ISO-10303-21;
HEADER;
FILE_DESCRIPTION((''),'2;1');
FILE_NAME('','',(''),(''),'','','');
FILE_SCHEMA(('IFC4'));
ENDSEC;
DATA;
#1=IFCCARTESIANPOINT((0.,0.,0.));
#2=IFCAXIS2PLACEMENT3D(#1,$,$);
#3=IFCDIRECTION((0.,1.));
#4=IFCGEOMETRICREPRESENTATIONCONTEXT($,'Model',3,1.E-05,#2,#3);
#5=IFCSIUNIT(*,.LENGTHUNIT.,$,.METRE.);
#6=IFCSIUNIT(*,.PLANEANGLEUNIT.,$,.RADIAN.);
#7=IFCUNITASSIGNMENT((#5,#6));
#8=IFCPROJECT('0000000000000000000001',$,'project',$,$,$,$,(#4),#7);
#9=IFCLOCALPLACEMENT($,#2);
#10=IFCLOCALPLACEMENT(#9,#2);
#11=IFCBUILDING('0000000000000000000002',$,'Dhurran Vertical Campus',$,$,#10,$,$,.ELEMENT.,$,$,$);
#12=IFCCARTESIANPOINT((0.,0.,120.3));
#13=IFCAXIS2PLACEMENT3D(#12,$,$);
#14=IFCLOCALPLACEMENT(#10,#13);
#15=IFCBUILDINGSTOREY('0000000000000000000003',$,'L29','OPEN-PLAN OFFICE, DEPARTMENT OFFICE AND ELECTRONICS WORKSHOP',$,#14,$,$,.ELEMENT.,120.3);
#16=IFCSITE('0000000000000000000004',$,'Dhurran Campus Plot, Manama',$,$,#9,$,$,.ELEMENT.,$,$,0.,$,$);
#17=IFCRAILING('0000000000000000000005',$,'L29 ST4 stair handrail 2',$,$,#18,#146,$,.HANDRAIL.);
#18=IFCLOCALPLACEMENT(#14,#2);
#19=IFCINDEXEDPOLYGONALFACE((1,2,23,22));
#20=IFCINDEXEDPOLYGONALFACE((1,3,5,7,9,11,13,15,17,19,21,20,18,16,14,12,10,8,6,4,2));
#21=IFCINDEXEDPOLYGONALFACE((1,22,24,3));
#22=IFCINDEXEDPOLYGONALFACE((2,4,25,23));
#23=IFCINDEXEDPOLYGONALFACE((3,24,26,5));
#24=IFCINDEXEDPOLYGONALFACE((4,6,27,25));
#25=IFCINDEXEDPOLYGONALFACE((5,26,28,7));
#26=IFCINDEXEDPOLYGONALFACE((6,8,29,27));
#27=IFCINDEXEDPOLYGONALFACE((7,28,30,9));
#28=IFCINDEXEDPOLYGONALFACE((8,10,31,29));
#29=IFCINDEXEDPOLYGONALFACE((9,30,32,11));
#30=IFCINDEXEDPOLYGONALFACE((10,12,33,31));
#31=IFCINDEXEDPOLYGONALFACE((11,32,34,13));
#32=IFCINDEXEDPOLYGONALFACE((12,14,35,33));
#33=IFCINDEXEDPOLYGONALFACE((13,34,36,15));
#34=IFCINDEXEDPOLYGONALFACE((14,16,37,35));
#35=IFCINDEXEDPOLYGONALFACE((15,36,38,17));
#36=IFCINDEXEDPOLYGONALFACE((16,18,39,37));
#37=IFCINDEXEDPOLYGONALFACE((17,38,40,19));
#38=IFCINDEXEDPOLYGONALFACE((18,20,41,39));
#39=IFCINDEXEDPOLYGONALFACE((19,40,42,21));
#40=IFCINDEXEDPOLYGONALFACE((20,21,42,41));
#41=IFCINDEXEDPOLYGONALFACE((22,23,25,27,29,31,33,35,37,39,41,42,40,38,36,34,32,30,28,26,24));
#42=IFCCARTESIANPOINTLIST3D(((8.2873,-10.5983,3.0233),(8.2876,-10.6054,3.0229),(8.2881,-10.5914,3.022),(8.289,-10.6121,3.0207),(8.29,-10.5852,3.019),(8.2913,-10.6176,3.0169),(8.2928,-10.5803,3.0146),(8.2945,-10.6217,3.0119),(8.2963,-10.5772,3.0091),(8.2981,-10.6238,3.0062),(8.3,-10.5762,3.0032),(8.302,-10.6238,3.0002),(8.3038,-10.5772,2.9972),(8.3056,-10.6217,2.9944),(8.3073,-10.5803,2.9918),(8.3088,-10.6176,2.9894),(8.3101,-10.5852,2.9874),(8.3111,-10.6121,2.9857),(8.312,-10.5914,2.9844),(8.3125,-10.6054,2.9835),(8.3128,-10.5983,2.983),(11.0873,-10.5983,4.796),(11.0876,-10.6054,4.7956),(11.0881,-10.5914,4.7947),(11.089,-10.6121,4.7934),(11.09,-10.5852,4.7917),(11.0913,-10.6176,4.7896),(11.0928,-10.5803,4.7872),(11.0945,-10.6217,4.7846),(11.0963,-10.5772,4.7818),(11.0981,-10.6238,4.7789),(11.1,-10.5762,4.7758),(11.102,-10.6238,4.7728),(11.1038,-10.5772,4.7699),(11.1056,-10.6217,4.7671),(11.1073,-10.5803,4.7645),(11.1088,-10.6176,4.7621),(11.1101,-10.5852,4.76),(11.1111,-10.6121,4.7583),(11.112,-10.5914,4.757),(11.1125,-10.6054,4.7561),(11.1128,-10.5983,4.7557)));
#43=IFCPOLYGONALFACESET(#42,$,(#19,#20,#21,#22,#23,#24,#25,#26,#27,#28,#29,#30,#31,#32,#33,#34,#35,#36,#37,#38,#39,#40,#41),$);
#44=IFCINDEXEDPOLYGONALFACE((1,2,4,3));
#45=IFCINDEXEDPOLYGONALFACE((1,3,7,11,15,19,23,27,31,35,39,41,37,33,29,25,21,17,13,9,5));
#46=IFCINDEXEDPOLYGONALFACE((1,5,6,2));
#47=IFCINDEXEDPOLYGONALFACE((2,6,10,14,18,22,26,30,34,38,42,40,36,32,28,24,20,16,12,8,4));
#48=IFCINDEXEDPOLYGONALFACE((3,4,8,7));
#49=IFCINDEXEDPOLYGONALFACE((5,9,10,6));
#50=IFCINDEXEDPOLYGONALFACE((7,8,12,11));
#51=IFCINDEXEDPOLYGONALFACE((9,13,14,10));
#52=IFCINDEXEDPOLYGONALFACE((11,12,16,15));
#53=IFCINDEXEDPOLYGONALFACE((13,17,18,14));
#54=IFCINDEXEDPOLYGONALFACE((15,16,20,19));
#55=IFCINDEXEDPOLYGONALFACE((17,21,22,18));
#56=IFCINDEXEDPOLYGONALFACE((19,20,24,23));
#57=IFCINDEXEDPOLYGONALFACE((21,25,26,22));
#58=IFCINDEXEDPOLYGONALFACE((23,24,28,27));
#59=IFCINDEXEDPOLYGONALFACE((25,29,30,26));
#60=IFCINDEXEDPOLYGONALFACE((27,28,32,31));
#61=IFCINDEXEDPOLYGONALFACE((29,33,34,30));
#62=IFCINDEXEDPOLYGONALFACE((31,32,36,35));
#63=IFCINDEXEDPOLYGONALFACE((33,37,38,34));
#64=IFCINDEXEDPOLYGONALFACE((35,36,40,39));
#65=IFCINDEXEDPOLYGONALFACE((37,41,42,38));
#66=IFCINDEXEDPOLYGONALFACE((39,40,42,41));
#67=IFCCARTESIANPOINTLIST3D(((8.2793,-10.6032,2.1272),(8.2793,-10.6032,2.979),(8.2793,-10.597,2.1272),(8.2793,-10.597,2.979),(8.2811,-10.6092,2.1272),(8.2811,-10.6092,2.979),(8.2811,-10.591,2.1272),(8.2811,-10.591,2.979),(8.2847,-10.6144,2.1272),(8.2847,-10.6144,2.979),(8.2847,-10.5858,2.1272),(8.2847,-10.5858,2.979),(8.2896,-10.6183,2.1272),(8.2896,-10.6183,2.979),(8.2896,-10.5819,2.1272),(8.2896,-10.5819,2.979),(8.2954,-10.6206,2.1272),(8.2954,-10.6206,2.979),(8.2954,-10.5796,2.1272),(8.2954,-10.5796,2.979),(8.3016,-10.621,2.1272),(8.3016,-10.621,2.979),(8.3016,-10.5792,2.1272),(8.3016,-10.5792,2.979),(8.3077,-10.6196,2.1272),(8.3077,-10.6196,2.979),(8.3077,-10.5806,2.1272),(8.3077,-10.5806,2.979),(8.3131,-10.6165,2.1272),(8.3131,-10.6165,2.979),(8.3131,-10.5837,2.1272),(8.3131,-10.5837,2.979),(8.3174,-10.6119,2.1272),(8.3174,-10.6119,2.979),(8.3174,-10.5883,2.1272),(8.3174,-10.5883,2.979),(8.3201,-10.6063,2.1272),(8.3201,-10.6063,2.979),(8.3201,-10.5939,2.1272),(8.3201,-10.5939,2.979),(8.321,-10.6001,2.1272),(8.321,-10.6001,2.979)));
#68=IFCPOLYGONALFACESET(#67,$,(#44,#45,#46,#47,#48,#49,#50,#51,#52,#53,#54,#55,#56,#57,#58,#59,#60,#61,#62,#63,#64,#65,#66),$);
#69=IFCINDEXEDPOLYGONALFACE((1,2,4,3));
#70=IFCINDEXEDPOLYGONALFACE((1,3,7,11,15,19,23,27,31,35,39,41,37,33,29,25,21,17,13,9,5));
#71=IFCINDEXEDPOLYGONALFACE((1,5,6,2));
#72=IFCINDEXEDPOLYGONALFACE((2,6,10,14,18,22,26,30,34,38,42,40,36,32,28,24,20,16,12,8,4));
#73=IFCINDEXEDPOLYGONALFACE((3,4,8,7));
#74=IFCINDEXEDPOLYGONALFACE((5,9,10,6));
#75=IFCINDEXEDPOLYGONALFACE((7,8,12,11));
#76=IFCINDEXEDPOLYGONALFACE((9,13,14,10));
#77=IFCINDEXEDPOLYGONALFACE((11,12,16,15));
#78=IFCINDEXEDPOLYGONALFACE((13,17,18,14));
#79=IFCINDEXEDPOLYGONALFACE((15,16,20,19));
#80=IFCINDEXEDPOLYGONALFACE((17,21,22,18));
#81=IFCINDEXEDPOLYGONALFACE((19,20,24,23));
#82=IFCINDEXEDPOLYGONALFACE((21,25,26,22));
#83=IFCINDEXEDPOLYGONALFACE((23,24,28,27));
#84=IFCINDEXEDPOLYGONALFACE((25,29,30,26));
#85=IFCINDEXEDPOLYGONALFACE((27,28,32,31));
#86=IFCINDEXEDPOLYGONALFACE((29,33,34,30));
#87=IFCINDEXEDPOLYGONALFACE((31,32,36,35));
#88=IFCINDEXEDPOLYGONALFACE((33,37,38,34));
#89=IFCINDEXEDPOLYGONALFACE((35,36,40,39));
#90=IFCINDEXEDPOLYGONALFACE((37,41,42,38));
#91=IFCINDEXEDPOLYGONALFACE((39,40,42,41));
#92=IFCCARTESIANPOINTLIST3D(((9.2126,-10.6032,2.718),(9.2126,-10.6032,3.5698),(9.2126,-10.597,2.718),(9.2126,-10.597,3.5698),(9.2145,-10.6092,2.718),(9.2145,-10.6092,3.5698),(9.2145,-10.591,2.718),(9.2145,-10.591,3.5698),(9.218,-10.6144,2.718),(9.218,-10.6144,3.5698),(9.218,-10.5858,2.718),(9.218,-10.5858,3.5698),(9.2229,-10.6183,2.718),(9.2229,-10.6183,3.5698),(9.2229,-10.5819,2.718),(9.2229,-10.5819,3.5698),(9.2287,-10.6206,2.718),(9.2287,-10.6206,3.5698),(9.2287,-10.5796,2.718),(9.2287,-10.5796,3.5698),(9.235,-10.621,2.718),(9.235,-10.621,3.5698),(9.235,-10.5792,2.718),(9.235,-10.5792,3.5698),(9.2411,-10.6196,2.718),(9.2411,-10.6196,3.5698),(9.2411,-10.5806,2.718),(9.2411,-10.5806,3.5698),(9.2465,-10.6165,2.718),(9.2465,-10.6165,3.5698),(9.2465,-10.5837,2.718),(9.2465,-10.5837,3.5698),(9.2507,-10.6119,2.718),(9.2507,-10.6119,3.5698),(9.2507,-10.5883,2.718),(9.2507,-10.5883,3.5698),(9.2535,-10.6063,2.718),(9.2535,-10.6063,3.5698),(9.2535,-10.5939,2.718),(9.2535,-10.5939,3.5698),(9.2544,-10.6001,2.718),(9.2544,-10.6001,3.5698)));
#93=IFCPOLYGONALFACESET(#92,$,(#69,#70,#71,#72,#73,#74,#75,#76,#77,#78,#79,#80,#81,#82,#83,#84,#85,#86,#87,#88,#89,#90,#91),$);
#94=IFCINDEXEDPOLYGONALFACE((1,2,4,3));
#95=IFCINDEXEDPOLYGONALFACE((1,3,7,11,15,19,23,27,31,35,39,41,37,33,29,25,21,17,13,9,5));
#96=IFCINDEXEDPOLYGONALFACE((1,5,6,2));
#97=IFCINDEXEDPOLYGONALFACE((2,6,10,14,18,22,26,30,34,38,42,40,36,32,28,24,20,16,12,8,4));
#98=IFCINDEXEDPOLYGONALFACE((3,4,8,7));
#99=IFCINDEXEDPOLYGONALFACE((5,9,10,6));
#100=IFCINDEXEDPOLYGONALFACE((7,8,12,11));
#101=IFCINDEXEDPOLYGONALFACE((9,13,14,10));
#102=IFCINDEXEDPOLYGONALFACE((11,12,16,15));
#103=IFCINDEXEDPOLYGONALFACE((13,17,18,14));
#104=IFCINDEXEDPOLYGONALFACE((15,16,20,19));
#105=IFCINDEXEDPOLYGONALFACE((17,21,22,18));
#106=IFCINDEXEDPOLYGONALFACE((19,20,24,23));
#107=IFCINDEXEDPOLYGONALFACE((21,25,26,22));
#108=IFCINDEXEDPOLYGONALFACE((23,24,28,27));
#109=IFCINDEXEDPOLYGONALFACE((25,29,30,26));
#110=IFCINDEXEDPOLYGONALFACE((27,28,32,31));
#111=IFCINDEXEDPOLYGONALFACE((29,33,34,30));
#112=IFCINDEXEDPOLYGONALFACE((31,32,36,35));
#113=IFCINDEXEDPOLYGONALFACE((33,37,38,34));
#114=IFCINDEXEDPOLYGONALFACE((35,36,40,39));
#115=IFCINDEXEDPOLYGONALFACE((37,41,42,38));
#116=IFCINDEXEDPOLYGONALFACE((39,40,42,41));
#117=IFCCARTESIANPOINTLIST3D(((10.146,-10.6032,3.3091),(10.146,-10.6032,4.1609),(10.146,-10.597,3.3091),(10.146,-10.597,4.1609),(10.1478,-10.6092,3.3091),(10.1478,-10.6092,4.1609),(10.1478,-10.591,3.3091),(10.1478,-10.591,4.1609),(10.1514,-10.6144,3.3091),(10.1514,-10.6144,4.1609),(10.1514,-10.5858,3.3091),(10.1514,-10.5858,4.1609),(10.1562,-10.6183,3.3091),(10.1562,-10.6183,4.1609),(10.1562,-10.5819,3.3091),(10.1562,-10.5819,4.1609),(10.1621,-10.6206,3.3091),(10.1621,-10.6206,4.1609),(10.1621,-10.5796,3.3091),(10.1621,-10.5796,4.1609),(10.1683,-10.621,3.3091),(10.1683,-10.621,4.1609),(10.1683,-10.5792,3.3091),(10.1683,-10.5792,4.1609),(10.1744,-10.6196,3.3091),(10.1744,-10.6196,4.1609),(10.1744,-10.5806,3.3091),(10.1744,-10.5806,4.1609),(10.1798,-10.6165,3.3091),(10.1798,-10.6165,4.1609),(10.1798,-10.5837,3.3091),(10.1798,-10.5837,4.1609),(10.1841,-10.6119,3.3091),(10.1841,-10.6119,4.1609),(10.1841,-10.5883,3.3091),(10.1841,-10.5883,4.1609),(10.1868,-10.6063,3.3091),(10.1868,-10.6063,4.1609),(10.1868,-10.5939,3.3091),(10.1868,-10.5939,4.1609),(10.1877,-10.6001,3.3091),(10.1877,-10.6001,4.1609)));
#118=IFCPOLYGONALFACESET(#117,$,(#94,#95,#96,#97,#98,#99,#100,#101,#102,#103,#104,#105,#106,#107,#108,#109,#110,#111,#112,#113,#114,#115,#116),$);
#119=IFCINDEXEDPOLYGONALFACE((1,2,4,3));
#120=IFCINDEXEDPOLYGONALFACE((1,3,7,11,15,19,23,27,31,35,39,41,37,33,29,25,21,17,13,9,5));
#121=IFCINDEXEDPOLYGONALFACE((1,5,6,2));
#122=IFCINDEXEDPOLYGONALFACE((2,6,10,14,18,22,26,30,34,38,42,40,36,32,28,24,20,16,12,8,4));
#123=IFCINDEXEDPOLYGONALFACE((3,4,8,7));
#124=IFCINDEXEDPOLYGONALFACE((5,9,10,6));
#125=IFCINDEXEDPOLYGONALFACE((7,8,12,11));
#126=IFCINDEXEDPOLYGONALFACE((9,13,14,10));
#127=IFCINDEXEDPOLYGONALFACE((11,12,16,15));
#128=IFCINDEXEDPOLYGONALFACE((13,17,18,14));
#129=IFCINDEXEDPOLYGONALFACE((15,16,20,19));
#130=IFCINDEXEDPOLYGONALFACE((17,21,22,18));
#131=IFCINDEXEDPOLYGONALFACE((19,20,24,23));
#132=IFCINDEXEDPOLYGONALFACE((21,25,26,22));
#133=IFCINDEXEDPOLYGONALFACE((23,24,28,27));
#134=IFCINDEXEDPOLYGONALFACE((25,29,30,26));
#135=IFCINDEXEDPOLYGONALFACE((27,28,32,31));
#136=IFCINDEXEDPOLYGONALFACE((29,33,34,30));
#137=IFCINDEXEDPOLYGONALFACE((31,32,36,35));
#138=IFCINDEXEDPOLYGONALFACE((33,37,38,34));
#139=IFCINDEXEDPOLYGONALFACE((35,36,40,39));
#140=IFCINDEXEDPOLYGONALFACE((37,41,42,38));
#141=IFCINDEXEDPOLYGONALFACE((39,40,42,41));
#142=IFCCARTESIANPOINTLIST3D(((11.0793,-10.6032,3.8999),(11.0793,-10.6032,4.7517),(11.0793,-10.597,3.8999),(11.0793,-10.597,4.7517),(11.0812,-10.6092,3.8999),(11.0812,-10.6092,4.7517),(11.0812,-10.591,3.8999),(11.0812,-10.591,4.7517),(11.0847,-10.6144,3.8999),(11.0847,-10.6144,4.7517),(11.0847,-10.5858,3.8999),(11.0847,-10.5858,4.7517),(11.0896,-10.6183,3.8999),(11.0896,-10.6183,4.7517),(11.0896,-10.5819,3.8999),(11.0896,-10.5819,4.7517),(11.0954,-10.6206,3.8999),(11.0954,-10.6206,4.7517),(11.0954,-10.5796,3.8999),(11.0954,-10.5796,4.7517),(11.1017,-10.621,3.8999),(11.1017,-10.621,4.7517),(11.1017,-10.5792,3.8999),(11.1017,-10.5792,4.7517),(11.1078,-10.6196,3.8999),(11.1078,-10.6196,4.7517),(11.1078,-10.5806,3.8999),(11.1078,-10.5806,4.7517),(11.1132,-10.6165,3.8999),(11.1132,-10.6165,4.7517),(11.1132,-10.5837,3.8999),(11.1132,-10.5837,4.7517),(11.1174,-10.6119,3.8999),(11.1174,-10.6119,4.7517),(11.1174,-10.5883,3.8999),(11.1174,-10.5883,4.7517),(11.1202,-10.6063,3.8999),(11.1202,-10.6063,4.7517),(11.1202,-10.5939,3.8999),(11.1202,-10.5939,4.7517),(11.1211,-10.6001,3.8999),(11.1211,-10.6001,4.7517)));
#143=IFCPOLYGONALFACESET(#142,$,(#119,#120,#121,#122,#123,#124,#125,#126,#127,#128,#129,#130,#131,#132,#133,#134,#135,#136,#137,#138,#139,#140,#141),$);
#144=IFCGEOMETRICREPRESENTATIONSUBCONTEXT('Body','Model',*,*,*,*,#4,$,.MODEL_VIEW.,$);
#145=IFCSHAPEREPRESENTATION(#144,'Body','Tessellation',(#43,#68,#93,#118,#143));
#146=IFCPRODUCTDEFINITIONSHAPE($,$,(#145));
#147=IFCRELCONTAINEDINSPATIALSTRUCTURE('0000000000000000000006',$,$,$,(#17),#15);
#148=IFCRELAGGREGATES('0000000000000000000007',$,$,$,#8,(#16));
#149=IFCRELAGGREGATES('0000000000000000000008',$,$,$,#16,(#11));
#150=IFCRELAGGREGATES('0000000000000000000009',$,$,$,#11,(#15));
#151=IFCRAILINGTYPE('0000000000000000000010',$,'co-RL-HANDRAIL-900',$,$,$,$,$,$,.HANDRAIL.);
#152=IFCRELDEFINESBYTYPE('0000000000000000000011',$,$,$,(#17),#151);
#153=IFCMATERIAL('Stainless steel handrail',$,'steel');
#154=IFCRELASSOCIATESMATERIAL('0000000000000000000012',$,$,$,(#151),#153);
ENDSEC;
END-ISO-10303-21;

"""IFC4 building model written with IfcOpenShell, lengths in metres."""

from ifc_helpers import new_model, si_unit, direction, frame, origin, origin_2d, place, context, subcontext, project, spatial, circle, extrude, material, type_object, element, save


model = new_model("IFC4")

# Units and contexts
model_context = context("Model", 3, precision=1e-05, world=origin(), true_north=direction((0.0, 1.0)))
body_context = subcontext(model_context, "Body", "Model", "MODEL_VIEW")
ifc_project = project(units=[si_unit("LENGTHUNIT", "METRE"), si_unit("PLANEANGLEUNIT", "RADIAN")], contexts=[model_context])

# Site, building, storey
site_placement = place(None, origin())
site = spatial("IfcSite", under=ifc_project, at=site_placement, Name="Dhurran Campus Plot, Manama", CompositionType="ELEMENT", RefElevation=0.0)
building_placement = place(site_placement, origin())
building = spatial("IfcBuilding", under=site, at=building_placement, Name="Dhurran Vertical Campus", CompositionType="ELEMENT")
storey_placement = place(building_placement, frame((0.0, 0.0, 120.3)))
storey = spatial("IfcBuildingStorey", under=building, at=storey_placement, Name="L29", Description="OPEN-PLAN OFFICE, DEPARTMENT OFFICE AND ELECTRONICS WORKSHOP", CompositionType="ELEMENT", Elevation=120.3)

# Railing
ifc_material_1 = material(Name="Stainless steel handrail", Category="steel")
railing_type_1 = type_object("IfcRailingType", Name="co-RL-HANDRAIL-900", PredefinedType="HANDRAIL", material=ifc_material_1)
railing_1_placement = place(storey_placement, frame((8.3, -10.6001, 2.1272)))
element("IfcRailing", 1, at=railing_1_placement, inside=storey, type_object=railing_type_1, Name="L29 ST4 stair handrail 2", PredefinedType="HANDRAIL", context=body_context, shape_type="SweptSolid", body=[
    extrude(circle(Radius=0.0239, at=origin_2d()), frame((0.0, 0.0, 0.876), z_axis=(0.844909, 0.0, 0.53491), x_axis=(0.0, 1.0, 0.0)), (0.0, 0.0, 1.0), 3.314),
    extrude(circle(Radius=0.021, at=origin_2d()), origin(), (0.0, 0.0, 1.0), 0.8518),
    extrude(circle(Radius=0.021, at=origin_2d()), frame((0.9333, 0.0, 0.5908)), (0.0, 0.0, 1.0), 0.8518),
    extrude(circle(Radius=0.021, at=origin_2d()), frame((1.8667, 0.0, 1.1819)), (0.0, 0.0, 1.0), 0.8518),
    extrude(circle(Radius=0.021, at=origin_2d()), frame((2.8, 0.0, 1.7727)), (0.0, 0.0, 1.0), 0.8518),
])

save(model, "model.ifc")
